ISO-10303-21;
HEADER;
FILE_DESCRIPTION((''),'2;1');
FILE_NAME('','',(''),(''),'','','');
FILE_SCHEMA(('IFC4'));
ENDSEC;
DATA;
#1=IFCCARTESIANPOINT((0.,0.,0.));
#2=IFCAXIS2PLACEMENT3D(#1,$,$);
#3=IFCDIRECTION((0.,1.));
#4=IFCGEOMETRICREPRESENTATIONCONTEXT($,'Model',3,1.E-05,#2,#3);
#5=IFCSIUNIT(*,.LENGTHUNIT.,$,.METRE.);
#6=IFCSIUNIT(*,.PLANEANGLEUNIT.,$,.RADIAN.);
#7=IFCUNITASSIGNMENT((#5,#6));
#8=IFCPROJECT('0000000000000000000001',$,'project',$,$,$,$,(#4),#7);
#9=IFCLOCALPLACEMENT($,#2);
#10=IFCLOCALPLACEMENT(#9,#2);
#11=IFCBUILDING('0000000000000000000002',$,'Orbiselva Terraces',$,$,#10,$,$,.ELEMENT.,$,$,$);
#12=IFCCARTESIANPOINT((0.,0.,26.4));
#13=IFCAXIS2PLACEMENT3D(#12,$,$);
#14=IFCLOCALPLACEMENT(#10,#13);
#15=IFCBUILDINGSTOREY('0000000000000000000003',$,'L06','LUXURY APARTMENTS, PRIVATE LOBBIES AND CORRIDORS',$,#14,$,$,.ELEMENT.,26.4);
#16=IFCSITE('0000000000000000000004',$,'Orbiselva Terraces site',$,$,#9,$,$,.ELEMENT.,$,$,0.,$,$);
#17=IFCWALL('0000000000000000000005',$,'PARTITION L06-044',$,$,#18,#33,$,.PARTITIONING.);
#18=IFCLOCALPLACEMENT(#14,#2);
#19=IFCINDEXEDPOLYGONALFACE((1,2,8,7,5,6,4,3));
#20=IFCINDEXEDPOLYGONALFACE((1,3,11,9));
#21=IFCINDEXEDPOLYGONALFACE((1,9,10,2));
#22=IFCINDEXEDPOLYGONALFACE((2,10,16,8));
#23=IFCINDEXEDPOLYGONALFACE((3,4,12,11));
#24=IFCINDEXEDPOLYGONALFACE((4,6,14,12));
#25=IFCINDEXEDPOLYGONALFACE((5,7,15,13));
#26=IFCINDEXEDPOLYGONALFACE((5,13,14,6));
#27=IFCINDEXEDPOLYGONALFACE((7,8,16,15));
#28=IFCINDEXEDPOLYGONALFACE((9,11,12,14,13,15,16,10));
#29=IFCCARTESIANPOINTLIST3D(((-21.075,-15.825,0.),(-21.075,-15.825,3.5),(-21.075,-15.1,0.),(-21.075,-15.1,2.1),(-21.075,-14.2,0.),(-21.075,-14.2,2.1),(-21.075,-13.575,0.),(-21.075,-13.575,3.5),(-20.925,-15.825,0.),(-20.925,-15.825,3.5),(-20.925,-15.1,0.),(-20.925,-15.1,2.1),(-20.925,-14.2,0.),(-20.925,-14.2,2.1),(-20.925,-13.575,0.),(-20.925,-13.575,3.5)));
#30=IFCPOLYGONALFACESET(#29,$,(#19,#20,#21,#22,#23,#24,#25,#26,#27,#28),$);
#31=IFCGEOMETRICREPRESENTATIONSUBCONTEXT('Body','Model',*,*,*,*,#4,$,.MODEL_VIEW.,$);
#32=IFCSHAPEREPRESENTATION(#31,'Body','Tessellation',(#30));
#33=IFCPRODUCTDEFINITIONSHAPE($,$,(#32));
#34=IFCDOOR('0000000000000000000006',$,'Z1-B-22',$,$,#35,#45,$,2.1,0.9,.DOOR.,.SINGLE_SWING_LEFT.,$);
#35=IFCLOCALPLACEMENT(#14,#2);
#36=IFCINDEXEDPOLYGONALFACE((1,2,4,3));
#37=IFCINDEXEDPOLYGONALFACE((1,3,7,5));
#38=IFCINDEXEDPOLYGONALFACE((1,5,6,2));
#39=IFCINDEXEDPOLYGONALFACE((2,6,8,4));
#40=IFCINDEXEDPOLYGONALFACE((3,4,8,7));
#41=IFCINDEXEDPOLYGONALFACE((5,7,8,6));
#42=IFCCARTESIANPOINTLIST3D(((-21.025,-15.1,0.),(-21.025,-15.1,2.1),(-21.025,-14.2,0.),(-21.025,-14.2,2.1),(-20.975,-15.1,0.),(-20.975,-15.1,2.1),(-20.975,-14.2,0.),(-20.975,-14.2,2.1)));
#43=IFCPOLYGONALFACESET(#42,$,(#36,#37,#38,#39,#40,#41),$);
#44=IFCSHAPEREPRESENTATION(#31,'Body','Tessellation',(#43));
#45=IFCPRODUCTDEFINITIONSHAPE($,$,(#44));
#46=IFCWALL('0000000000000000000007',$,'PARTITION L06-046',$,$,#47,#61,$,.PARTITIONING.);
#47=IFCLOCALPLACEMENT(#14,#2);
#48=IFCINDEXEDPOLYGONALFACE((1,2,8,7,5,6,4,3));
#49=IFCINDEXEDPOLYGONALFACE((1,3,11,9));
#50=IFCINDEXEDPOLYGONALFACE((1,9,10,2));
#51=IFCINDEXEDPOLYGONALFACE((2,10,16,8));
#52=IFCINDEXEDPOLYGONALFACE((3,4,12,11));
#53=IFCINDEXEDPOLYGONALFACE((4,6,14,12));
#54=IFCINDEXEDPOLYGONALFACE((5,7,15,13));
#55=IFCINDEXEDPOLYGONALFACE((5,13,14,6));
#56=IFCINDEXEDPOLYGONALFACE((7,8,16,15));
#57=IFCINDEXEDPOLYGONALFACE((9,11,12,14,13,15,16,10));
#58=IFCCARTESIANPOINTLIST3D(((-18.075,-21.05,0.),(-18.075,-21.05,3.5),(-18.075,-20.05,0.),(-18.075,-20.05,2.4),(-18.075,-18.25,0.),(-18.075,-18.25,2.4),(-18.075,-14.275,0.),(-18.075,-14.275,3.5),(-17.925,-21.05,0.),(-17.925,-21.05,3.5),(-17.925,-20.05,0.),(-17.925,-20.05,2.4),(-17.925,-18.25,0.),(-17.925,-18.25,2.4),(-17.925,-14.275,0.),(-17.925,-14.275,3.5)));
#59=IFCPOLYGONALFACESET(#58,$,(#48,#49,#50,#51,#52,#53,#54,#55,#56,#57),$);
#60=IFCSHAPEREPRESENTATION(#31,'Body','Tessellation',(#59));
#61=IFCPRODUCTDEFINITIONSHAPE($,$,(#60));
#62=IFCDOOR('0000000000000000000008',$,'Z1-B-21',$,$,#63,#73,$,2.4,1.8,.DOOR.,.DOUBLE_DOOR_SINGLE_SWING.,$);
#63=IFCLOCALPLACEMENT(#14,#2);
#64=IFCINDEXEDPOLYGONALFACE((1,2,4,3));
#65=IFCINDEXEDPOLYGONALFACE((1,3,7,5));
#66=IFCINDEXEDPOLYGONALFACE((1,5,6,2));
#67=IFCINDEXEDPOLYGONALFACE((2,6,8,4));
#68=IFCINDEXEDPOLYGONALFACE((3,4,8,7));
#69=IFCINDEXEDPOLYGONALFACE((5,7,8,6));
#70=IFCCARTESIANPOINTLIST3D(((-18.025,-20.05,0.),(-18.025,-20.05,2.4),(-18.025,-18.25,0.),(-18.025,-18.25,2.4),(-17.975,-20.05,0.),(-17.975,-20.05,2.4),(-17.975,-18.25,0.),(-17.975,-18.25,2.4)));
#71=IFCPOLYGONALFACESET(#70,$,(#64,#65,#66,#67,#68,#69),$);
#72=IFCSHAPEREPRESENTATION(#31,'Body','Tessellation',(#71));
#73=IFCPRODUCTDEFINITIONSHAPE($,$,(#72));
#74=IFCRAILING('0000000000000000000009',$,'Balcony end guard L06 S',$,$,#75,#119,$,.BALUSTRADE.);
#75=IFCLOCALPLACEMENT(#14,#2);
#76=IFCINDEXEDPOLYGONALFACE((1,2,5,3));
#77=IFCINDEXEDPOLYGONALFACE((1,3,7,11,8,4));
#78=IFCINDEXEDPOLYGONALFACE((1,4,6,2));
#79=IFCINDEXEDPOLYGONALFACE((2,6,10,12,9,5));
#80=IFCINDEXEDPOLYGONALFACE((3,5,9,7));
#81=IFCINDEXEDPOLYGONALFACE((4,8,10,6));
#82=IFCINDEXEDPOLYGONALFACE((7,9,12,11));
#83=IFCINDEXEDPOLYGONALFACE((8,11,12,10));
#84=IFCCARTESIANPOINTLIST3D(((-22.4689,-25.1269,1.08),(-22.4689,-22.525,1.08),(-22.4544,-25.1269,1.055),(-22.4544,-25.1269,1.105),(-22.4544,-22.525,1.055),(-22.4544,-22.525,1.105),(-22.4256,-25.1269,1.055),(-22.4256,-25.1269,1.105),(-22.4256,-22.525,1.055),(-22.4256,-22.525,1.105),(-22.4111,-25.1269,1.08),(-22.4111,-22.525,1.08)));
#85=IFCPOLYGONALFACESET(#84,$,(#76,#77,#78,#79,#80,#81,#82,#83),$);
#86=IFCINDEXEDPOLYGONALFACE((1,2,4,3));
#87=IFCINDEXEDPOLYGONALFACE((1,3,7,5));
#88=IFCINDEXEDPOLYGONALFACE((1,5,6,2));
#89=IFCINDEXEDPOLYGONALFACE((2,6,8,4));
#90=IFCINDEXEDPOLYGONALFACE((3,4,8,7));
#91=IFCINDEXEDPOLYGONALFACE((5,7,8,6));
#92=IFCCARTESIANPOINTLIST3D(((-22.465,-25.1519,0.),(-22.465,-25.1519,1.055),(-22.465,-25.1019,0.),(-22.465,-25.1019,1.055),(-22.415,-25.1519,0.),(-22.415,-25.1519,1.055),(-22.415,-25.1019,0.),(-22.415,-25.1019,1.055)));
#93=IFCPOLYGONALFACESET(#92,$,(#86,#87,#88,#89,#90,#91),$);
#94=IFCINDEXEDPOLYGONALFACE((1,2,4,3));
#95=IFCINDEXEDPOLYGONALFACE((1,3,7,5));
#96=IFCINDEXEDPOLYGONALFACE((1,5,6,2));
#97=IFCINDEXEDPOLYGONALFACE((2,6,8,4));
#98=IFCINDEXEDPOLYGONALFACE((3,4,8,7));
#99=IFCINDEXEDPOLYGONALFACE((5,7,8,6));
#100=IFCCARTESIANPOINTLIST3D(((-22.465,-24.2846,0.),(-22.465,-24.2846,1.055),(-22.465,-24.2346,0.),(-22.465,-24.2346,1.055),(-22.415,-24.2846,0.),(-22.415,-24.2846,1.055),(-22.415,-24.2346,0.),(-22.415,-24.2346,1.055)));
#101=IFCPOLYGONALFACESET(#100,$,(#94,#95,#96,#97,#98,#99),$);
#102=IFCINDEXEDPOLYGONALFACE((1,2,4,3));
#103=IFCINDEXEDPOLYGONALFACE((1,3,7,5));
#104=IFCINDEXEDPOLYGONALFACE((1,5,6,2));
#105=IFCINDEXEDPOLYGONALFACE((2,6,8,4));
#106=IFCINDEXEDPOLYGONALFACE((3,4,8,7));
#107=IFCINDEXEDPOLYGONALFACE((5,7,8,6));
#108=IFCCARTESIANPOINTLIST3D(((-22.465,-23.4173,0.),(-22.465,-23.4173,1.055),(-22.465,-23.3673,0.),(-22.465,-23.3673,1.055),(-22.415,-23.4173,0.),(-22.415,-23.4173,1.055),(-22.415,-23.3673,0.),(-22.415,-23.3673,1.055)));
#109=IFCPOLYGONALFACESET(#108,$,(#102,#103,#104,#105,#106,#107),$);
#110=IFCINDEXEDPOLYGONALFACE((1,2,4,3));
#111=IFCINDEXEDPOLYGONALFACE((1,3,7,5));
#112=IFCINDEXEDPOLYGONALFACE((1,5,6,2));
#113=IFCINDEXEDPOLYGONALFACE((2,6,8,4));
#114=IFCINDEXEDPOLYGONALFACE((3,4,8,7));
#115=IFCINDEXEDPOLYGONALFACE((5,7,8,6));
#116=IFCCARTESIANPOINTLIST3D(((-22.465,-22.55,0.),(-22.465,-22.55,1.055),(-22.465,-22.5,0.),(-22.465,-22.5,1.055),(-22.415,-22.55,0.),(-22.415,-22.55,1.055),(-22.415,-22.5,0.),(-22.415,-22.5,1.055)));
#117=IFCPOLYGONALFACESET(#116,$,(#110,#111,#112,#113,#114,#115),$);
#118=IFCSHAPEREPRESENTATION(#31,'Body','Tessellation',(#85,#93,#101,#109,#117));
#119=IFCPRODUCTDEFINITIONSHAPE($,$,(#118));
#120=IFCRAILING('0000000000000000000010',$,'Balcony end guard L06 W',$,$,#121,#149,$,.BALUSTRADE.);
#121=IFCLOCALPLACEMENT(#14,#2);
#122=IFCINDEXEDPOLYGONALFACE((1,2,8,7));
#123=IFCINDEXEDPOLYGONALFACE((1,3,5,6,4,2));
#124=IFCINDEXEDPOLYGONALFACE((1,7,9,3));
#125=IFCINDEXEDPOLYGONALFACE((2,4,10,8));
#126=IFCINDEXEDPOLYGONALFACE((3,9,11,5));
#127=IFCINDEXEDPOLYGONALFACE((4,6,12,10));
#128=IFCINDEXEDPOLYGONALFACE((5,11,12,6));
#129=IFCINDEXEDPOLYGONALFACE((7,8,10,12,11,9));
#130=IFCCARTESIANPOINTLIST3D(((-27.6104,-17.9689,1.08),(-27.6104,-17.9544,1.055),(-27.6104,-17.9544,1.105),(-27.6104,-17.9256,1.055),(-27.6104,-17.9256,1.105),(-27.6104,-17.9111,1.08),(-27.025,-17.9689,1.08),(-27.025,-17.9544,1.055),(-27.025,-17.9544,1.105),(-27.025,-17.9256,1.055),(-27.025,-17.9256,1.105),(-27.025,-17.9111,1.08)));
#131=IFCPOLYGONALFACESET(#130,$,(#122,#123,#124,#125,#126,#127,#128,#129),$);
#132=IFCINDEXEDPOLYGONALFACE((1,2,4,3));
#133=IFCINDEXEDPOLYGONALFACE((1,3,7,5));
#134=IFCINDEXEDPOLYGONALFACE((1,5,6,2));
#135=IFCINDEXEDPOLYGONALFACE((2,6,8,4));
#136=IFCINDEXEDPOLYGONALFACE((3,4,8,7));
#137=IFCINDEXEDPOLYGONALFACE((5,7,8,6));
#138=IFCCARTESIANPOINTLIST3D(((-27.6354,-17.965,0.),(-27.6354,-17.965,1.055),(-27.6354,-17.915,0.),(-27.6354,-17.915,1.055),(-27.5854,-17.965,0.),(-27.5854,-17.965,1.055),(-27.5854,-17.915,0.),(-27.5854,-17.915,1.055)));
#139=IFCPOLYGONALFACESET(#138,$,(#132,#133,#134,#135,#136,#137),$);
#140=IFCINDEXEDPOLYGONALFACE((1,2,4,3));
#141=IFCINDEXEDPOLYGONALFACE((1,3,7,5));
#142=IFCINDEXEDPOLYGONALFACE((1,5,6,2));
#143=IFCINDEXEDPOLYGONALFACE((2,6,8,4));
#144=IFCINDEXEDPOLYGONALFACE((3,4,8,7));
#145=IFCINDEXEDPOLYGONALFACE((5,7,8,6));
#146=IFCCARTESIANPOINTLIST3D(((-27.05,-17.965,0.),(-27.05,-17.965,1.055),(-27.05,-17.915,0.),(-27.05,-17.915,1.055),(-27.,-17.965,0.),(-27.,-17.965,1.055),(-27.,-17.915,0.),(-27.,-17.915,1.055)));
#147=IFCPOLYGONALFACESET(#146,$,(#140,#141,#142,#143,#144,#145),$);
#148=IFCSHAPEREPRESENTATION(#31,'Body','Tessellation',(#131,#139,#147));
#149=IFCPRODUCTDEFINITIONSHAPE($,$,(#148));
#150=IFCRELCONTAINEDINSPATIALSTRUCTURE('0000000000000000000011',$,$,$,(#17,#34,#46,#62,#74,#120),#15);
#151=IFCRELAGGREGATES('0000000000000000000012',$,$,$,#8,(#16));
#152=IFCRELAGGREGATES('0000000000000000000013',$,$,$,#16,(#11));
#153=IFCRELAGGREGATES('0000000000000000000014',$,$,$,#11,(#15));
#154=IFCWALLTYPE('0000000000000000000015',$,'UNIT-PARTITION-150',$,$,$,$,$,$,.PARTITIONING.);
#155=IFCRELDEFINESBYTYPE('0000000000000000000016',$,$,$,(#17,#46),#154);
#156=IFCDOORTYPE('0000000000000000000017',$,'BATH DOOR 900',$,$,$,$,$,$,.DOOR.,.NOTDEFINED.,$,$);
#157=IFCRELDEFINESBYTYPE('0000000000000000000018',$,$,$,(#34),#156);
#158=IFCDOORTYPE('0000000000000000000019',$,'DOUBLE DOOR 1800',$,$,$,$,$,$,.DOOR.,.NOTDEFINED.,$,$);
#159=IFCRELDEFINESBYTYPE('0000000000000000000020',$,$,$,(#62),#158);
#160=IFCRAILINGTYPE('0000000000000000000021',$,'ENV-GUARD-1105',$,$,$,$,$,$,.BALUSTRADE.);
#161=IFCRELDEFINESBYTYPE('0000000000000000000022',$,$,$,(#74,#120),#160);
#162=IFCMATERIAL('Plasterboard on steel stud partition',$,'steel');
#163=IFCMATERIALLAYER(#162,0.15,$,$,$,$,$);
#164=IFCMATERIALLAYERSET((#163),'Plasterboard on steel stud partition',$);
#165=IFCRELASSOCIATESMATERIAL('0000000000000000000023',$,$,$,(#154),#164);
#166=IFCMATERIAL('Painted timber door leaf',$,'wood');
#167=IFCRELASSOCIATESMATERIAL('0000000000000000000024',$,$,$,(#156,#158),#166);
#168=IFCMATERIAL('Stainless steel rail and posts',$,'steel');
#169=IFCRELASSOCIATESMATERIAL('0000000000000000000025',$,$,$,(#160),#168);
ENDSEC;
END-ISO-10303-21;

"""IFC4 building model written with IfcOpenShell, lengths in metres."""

from ifc_helpers import new_model, si_unit, direction, frame, frame_2d, origin, origin_2d, place, context, subcontext, project, spatial, polyline, rectangle, outline, extrude, material, layer, layer_set, type_object, element, fill, save


model = new_model("IFC4")

# Units and contexts
model_context = context("Model", 3, precision=1e-05, world=origin(), true_north=direction((0.0, 1.0)))
body_context = subcontext(model_context, "Body", "Model", "MODEL_VIEW")
ifc_project = project(units=[si_unit("LENGTHUNIT", "METRE"), si_unit("PLANEANGLEUNIT", "RADIAN")], contexts=[model_context])

# Site, building, storey
site_placement = place(None, origin())
site = spatial("IfcSite", under=ifc_project, at=site_placement, Name="Orbiselva Terraces site", CompositionType="ELEMENT", RefElevation=0.0)
building_placement = place(site_placement, origin())
building = spatial("IfcBuilding", under=site, at=building_placement, Name="Orbiselva Terraces", CompositionType="ELEMENT")
storey_placement = place(building_placement, frame((0.0, 0.0, 26.4)))
storey = spatial("IfcBuildingStorey", under=building, at=storey_placement, Name="L06", Description="LUXURY APARTMENTS, PRIVATE LOBBIES AND CORRIDORS", CompositionType="ELEMENT", Elevation=26.4)

# Shared definitions
ifc_material_1 = material(Name="Plasterboard on steel stud partition", Category="steel")
ifc_layer_1 = layer(ifc_material_1, 0.15)
ifc_layer_set_1 = layer_set([ifc_layer_1], Name="Plasterboard on steel stud partition")
wall_type_1 = type_object("IfcWallType", Name="UNIT-PARTITION-150", PredefinedType="PARTITIONING", material=ifc_layer_set_1)

# Walls, openings, doors
wall_1_placement = place(storey_placement, frame((-21.0, -13.575, 0.0), z_axis=(0.0, 0.0, 1.0), x_axis=(0.0, -1.0, 0.0)))
wall_1 = element("IfcWall", 1, at=wall_1_placement, inside=storey, type_object=wall_type_1, Name="PARTITION L06-044", PredefinedType="PARTITIONING", context=body_context, shape_type="SweptSolid", body=[
    extrude(rectangle(XDim=2.25, YDim=0.15, at=frame_2d((1.125, 0.0))), origin(), (0.0, 0.0, 1.0), 3.5),
])
opening_1_placement = place(wall_1_placement, frame((0.625, 0.0, 0.0)))
opening_1 = element("IfcOpeningElement", 2, at=opening_1_placement, cuts=wall_1, PredefinedType="OPENING", context=body_context, shape_type="SweptSolid", body=[
    extrude(rectangle(XDim=0.9, YDim=2.1, at=frame_2d((0.45, 1.05))), frame((0.0, 0.085, 0.0), z_axis=(0.0, -1.0, 0.0), x_axis=(1.0, 0.0, 0.0)), (0.0, 0.0, 1.0), 0.17),
])
ifc_material_2 = material(Name="Painted timber door leaf", Category="wood")
door_type_1 = type_object("IfcDoorType", Name="BATH DOOR 900", OperationType="NOTDEFINED", PredefinedType="DOOR", material=ifc_material_2)
door_1_placement = place(opening_1_placement, origin())
door_1 = element("IfcDoor", 3, at=door_1_placement, inside=storey, type_object=door_type_1, Name="Z1-B-22", OperationType="SINGLE_SWING_LEFT", OverallHeight=2.1, OverallWidth=0.9, PredefinedType="DOOR", context=body_context, shape_type="SweptSolid", body=[
    extrude(rectangle(XDim=0.9, YDim=2.1, at=frame_2d((0.45, 1.05))), frame((0.0, 0.025, 0.0), z_axis=(0.0, -1.0, 0.0), x_axis=(1.0, 0.0, 0.0)), (0.0, 0.0, 1.0), 0.05),
])
fill(opening_1, door_1)
wall_2_placement = place(storey_placement, frame((-18.0, -21.05, 0.0), z_axis=(0.0, 0.0, 1.0), x_axis=(0.0, 1.0, 0.0)))
wall_2 = element("IfcWall", 4, at=wall_2_placement, inside=storey, type_object=wall_type_1, Name="PARTITION L06-046", PredefinedType="PARTITIONING", context=body_context, shape_type="SweptSolid", body=[
    extrude(rectangle(XDim=6.775, YDim=0.15, at=frame_2d((3.3875, 0.0))), origin(), (0.0, 0.0, 1.0), 3.5),
])
opening_2_placement = place(wall_2_placement, frame((1.0, 0.0, 0.0)))
opening_2 = element("IfcOpeningElement", 5, at=opening_2_placement, cuts=wall_2, PredefinedType="OPENING", context=body_context, shape_type="SweptSolid", body=[
    extrude(rectangle(XDim=1.8, YDim=2.4, at=frame_2d((0.9, 1.2))), frame((0.0, 0.085, 0.0), z_axis=(0.0, -1.0, 0.0), x_axis=(1.0, 0.0, 0.0)), (0.0, 0.0, 1.0), 0.17),
])
door_type_2 = type_object("IfcDoorType", Name="DOUBLE DOOR 1800", OperationType="NOTDEFINED", PredefinedType="DOOR", material=ifc_material_2)
door_2_placement = place(opening_2_placement, origin())
door_2 = element("IfcDoor", 6, at=door_2_placement, inside=storey, type_object=door_type_2, Name="Z1-B-21", OperationType="DOUBLE_DOOR_SINGLE_SWING", OverallHeight=2.4, OverallWidth=1.8, PredefinedType="DOOR", context=body_context, shape_type="SweptSolid", body=[
    extrude(rectangle(XDim=1.8, YDim=2.4, at=frame_2d((0.9, 1.2))), frame((0.0, 0.025, 0.0), z_axis=(0.0, -1.0, 0.0), x_axis=(1.0, 0.0, 0.0)), (0.0, 0.0, 1.0), 0.05),
])
fill(opening_2, door_2)

# Railings
ifc_material_3 = material(Name="Stainless steel rail and posts", Category="steel")
railing_type_1 = type_object("IfcRailingType", Name="ENV-GUARD-1105", PredefinedType="BALUSTRADE", material=ifc_material_3)
railing_1_placement = place(storey_placement, frame((-22.44, -25.1269, 0.0)))
element("IfcRailing", 7, at=railing_1_placement, inside=storey, type_object=railing_type_1, Name="Balcony end guard L06 S", PredefinedType="BALUSTRADE", context=body_context, shape_type="SweptSolid", body=[
    extrude(outline(polyline([(0.0289, 0.0), (0.0144, 0.025), (-0.0144, 0.025), (-0.0289, 0.0), (-0.0144, -0.025), (0.0144, -0.025), (0.0289, 0.0)])), frame((0.0, 0.0, 1.08), z_axis=(0.0, 1.0, 0.0), x_axis=(-1.0, 0.0, 0.0)), (0.0, 0.0, 1.0), 2.6019),
    extrude(rectangle(XDim=0.05, YDim=0.05, at=origin_2d()), origin(), (0.0, 0.0, 1.0), 1.055),
    extrude(rectangle(XDim=0.05, YDim=0.05, at=origin_2d()), frame((0.0, 0.8673, 0.0)), (0.0, 0.0, 1.0), 1.055),
    extrude(rectangle(XDim=0.05, YDim=0.05, at=origin_2d()), frame((0.0, 1.7346, 0.0)), (0.0, 0.0, 1.0), 1.055),
    extrude(rectangle(XDim=0.05, YDim=0.05, at=origin_2d()), frame((0.0, 2.6019, 0.0)), (0.0, 0.0, 1.0), 1.055),
])
railing_2_placement = place(storey_placement, frame((-27.6104, -17.94, 0.0)))
element("IfcRailing", 8, at=railing_2_placement, inside=storey, type_object=railing_type_1, Name="Balcony end guard L06 W", PredefinedType="BALUSTRADE", context=body_context, shape_type="SweptSolid", body=[
    extrude(outline(polyline([(0.0289, 0.0), (0.0144, 0.025), (-0.0144, 0.025), (-0.0289, 0.0), (-0.0144, -0.025), (0.0144, -0.025), (0.0289, 0.0)])), frame((0.0, 0.0, 1.08), z_axis=(1.0, 0.0, 0.0), x_axis=(0.0, 1.0, 0.0)), (0.0, 0.0, 1.0), 0.5854),
    extrude(rectangle(XDim=0.05, YDim=0.05, at=origin_2d()), origin(), (0.0, 0.0, 1.0), 1.055),
    extrude(rectangle(XDim=0.05, YDim=0.05, at=origin_2d()), frame((0.5854, 0.0, 0.0)), (0.0, 0.0, 1.0), 1.055),
])

save(model, "model.ifc")
